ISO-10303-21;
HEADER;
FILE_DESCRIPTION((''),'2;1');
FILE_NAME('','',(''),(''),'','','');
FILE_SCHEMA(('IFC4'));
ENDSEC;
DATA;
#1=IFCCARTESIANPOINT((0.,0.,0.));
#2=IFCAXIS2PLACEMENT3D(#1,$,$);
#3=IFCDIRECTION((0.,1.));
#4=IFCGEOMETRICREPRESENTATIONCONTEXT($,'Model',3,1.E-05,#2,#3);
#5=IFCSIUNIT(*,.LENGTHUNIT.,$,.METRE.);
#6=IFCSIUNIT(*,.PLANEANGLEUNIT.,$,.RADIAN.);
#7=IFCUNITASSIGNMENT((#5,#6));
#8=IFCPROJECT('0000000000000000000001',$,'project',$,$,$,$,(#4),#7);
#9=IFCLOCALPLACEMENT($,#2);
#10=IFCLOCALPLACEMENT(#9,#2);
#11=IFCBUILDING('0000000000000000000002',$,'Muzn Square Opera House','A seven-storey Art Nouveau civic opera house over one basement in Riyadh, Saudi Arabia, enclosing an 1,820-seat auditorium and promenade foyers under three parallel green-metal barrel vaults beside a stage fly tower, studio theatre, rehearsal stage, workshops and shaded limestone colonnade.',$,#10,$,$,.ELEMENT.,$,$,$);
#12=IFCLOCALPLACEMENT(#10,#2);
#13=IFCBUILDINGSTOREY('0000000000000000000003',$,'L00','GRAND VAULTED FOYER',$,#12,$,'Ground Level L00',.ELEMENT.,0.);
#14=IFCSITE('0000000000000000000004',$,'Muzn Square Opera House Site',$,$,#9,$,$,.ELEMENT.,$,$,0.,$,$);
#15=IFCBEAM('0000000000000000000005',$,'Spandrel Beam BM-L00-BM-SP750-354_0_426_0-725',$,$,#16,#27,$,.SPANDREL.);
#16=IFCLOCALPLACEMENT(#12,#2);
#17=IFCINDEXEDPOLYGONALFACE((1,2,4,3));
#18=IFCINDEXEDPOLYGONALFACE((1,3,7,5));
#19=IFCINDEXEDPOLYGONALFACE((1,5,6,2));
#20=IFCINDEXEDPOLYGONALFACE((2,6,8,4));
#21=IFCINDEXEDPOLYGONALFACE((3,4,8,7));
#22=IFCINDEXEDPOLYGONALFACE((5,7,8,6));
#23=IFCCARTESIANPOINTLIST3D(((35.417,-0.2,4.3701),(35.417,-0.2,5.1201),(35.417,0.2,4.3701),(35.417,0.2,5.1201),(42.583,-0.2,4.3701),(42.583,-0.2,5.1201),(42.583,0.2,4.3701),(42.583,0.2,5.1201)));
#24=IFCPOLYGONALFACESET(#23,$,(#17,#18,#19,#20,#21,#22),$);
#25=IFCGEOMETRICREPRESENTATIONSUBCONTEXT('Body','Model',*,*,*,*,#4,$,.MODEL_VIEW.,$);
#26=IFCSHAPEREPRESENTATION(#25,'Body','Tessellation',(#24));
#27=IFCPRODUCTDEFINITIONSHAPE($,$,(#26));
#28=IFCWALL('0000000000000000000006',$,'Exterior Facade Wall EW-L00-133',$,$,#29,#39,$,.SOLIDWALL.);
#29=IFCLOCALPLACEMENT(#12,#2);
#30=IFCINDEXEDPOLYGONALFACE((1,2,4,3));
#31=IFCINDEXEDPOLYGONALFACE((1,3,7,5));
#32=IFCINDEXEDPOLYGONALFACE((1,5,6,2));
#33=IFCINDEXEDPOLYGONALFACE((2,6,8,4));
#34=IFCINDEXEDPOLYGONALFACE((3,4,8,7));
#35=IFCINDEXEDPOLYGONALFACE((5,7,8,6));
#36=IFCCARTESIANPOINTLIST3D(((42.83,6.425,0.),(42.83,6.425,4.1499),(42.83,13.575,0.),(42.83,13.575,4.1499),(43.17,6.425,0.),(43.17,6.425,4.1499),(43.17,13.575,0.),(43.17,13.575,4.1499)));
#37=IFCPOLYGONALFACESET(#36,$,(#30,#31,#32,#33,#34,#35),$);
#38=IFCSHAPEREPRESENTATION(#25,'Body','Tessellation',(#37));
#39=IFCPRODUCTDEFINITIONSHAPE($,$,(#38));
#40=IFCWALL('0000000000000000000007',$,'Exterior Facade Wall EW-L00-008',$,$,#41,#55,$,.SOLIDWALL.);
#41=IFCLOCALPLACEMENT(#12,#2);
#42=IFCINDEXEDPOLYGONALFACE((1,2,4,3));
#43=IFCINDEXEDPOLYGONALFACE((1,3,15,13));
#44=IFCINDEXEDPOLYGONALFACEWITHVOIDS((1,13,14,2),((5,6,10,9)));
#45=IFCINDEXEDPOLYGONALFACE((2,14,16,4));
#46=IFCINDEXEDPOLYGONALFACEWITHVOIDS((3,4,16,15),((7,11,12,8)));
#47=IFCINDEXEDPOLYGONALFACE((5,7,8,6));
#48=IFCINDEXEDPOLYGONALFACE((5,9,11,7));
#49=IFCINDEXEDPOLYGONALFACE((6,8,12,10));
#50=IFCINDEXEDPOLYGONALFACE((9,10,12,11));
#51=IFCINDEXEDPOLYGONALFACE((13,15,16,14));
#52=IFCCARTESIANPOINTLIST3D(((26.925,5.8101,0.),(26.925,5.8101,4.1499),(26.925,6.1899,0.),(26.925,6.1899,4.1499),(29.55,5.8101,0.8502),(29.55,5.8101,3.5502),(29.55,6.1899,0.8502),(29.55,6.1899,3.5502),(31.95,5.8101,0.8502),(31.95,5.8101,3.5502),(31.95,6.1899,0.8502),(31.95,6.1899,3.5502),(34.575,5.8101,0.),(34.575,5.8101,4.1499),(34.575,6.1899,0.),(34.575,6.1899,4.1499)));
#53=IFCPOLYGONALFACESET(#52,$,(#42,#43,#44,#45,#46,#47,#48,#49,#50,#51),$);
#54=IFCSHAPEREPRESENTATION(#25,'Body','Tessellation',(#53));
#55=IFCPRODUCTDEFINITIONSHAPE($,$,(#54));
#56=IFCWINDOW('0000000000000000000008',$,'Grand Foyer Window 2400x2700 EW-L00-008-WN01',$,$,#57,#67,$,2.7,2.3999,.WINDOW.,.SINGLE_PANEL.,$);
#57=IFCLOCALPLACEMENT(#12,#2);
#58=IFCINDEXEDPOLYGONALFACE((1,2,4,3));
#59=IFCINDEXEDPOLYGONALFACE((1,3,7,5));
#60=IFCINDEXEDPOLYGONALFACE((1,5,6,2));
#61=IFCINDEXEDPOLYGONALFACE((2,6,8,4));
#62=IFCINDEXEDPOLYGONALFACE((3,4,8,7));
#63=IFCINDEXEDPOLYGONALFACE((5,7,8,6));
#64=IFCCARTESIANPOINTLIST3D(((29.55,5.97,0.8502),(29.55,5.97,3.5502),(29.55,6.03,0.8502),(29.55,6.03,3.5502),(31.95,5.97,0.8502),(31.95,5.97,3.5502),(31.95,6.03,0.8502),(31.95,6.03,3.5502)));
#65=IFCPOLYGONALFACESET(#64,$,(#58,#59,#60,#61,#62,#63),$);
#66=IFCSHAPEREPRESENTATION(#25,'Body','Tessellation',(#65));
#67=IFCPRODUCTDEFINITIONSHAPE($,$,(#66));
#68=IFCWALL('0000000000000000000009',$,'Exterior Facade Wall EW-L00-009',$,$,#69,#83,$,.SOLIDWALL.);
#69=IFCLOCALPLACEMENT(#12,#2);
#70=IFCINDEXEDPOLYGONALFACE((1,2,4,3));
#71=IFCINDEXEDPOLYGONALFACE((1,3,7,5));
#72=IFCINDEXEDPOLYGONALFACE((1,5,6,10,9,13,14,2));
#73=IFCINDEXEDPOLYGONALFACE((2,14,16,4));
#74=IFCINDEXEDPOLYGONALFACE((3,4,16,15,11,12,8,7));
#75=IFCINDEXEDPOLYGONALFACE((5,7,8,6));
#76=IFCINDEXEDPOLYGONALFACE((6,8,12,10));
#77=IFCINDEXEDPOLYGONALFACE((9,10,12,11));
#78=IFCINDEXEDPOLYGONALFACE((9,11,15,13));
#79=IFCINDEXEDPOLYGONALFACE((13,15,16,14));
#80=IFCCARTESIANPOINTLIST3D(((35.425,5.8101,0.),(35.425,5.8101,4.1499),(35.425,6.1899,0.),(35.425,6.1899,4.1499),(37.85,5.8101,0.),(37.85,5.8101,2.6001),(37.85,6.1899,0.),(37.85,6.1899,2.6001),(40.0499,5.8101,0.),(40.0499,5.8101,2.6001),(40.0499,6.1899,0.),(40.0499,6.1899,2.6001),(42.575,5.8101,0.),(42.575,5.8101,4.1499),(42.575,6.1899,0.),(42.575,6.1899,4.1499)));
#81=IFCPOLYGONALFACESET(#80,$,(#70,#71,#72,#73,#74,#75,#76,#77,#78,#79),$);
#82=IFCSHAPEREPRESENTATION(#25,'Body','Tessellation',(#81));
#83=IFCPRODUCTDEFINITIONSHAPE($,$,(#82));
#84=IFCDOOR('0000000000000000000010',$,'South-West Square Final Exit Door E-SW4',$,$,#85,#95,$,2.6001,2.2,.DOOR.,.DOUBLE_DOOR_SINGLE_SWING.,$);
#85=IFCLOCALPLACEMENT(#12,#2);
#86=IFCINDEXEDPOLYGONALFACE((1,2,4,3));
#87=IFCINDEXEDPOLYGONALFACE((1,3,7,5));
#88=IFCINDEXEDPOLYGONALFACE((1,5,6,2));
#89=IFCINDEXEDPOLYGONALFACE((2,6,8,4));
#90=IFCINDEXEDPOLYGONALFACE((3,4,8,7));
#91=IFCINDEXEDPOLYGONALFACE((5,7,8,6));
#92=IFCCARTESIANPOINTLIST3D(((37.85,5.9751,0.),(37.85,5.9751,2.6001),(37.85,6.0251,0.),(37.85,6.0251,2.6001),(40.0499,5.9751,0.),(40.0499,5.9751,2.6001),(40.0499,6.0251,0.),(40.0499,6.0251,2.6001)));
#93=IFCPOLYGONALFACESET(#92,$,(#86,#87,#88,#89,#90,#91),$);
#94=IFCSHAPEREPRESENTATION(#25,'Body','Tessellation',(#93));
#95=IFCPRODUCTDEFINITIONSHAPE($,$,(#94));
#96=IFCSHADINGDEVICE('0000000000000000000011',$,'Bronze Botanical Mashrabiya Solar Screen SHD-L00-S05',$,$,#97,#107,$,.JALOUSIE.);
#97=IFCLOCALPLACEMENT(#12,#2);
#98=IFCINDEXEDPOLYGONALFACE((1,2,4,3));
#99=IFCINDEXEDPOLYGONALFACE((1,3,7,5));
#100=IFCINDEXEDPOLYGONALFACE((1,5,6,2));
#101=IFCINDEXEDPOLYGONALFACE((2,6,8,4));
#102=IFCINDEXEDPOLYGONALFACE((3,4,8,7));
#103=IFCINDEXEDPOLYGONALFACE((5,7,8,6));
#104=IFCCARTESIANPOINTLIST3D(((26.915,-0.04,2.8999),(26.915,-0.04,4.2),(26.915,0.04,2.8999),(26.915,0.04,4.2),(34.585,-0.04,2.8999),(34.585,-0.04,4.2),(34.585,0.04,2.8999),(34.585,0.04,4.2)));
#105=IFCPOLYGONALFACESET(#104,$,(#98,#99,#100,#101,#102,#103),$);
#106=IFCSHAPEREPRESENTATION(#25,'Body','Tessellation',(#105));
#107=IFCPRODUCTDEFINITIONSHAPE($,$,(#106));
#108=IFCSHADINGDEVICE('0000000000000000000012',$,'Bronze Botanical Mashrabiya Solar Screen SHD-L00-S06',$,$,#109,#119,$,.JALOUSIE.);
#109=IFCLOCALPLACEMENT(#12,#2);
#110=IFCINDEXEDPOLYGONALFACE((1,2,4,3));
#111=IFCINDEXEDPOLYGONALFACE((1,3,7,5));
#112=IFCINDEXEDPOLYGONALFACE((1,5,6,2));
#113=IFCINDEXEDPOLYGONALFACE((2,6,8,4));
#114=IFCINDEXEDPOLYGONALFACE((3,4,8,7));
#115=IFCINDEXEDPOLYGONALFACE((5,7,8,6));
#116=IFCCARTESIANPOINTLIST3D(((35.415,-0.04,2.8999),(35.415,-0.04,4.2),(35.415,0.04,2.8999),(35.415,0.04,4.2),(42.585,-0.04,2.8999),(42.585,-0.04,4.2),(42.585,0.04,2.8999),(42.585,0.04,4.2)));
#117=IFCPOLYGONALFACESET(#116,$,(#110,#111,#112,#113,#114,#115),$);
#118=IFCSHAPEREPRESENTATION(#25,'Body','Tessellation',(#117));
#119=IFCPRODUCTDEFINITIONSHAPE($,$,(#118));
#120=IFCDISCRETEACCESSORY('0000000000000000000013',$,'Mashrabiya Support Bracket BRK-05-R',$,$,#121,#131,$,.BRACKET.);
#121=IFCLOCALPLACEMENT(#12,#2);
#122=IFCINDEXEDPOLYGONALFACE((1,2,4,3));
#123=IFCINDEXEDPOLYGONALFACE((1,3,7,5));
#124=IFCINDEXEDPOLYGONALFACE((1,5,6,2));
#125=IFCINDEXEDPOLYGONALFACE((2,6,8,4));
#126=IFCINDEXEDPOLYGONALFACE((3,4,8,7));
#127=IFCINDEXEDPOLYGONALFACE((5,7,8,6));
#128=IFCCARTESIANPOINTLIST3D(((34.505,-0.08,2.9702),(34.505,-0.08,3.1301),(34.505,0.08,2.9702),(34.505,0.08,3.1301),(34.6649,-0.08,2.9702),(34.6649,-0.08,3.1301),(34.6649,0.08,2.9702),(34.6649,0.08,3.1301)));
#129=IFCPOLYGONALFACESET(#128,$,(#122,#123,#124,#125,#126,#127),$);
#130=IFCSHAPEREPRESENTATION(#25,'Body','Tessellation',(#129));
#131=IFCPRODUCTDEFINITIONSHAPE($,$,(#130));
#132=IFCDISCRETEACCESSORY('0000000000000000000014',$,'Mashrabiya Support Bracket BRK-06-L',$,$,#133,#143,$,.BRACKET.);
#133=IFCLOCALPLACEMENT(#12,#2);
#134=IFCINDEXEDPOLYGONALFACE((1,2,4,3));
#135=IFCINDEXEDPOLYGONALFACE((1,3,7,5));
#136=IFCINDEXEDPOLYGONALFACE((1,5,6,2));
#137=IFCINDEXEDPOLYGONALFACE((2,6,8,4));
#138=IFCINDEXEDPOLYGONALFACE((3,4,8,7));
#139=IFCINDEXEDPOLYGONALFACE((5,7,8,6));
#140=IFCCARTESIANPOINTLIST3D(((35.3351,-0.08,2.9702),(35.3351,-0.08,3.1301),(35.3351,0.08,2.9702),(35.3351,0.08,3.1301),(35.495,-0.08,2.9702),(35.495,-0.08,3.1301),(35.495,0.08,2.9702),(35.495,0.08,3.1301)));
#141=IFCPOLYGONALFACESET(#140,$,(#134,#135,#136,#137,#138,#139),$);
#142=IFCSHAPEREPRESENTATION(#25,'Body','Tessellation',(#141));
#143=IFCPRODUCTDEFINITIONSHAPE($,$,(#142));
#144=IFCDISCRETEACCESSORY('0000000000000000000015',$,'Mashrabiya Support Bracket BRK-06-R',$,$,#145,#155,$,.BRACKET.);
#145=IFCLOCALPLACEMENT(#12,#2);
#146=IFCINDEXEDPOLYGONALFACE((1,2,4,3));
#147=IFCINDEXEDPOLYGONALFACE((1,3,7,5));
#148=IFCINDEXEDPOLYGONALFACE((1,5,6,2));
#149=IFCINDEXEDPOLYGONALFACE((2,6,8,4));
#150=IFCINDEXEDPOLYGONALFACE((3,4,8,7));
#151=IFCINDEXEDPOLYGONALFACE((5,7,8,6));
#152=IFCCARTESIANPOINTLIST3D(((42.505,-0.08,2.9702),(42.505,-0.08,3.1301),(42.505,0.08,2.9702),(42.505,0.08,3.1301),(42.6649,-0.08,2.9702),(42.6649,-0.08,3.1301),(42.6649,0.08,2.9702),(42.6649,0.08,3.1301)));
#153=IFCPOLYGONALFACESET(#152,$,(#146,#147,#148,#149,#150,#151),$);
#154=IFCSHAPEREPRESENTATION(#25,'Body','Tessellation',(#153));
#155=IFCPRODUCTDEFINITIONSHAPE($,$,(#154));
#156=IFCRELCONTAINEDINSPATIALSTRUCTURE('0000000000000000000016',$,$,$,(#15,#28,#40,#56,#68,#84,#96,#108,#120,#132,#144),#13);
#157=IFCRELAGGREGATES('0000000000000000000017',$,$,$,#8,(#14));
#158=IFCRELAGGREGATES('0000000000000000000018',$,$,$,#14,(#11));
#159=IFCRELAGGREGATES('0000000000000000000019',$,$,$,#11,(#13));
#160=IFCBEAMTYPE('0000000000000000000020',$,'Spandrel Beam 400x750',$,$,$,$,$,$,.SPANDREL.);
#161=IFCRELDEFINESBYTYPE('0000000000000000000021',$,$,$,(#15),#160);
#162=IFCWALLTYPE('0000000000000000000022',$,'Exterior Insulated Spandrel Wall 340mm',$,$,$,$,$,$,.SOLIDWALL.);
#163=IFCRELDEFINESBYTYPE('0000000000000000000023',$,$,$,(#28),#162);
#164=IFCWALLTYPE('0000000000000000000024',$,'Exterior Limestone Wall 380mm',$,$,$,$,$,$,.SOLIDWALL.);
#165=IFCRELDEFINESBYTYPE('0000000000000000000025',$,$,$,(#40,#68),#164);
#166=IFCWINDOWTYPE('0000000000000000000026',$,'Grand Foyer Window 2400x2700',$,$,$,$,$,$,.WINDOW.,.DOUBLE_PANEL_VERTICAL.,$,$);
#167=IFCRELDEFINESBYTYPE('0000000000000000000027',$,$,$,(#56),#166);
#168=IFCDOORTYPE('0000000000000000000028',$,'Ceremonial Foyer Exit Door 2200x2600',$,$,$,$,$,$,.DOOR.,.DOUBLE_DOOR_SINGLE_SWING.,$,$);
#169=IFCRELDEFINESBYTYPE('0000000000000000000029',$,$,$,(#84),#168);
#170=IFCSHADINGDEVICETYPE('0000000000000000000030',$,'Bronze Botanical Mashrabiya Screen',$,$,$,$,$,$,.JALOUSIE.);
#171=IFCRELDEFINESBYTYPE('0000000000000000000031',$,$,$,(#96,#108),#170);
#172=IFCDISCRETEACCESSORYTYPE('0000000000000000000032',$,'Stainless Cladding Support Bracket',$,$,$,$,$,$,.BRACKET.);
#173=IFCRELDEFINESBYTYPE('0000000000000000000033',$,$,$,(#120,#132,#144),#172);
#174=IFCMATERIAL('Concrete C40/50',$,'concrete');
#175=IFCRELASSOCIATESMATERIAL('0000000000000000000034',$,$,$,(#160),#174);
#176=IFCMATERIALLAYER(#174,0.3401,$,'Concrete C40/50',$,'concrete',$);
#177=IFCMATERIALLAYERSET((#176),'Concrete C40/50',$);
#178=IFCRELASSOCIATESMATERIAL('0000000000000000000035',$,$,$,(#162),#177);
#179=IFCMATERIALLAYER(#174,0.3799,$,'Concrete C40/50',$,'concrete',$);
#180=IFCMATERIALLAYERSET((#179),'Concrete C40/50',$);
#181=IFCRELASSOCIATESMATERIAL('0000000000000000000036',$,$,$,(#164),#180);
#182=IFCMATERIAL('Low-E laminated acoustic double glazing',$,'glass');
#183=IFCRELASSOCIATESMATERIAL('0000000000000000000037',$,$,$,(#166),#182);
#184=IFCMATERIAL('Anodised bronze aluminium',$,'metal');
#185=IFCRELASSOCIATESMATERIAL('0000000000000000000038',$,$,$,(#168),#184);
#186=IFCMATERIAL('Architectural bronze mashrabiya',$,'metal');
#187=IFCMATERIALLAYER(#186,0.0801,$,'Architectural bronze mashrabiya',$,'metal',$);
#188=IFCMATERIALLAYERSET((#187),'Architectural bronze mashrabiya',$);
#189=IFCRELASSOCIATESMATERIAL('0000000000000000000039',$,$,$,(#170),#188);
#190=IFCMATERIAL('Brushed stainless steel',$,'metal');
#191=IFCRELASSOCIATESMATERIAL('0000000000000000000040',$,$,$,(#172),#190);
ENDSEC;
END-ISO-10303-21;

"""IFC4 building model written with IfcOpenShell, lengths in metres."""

from ifc_helpers import new_model, si_unit, direction, frame, frame_2d, origin, origin_2d, place, context, subcontext, project, spatial, rectangle, extrude, material, layer, layer_set, material_profile, profile_set, type_object, element, fill, save


model = new_model("IFC4")

# Units and contexts
model_context = context("Model", 3, precision=1e-05, world=origin(), true_north=direction((0.0, 1.0)))
body_context = subcontext(model_context, "Body", "Model", "MODEL_VIEW")
ifc_project = project(units=[si_unit("LENGTHUNIT", "METRE"), si_unit("PLANEANGLEUNIT", "RADIAN")], contexts=[model_context])

# Site, building, storey
site_placement = place(None, origin())
site = spatial("IfcSite", under=ifc_project, at=site_placement, Name="Muzn Square Opera House Site", CompositionType="ELEMENT", RefElevation=0.0)
building_placement = place(site_placement, origin())
building = spatial("IfcBuilding", under=site, at=building_placement, Name="Muzn Square Opera House", Description="A seven-storey Art Nouveau civic opera house over one basement in Riyadh, Saudi Arabia, enclosing an 1,820-seat auditorium and promenade foyers under three parallel green-metal barrel vaults beside a stage fly tower, studio theatre, rehearsal stage, workshops and shaded limestone colonnade.", CompositionType="ELEMENT")
storey_placement = place(building_placement, origin())
storey = spatial("IfcBuildingStorey", under=building, at=storey_placement, Name="L00", Description="GRAND VAULTED FOYER", LongName="Ground Level L00", CompositionType="ELEMENT", Elevation=0.0)

# Beam
ifc_material_1 = material(Name="Concrete C40/50", Category="concrete")
ifc_material_profile_1 = material_profile(ifc_material_1, rectangle(XDim=0.3999, YDim=0.75, at=origin_2d()), Name="RCS 400x750", Category="concrete")
ifc_profile_set_1 = profile_set([ifc_material_profile_1], Name="Concrete C40/50")
beam_type_1 = type_object("IfcBeamType", Name="Spandrel Beam 400x750", PredefinedType="SPANDREL", material=ifc_profile_set_1)
beam_1_placement = place(storey_placement, frame((35.417, 0.0, 4.7451), z_axis=(1.0, 0.0, 0.0), x_axis=(0.0, 1.0, 0.0)))
element("IfcBeam", 1, at=beam_1_placement, inside=storey, type_object=beam_type_1, Name="Spandrel Beam BM-L00-BM-SP750-354_0_426_0-725", PredefinedType="SPANDREL", context=body_context, shape_type="SweptSolid", body=[
    extrude(rectangle(XDim=0.3999, YDim=0.75, at=origin_2d()), origin(), (0.0, 0.0, 1.0), 7.166),
])

# Wall
ifc_layer_1 = layer(ifc_material_1, 0.3401, Name="Concrete C40/50", Category="concrete")
ifc_layer_set_1 = layer_set([ifc_layer_1], Name="Concrete C40/50")
wall_type_1 = type_object("IfcWallType", Name="Exterior Insulated Spandrel Wall 340mm", PredefinedType="SOLIDWALL", material=ifc_layer_set_1)
wall_1_placement = place(storey_placement, frame((43.0, 6.425, 0.0), z_axis=(0.0, 0.0, 1.0), x_axis=(0.0, 1.0, 0.0)))
element("IfcWall", 2, at=wall_1_placement, inside=storey, type_object=wall_type_1, Name="Exterior Facade Wall EW-L00-133", PredefinedType="SOLIDWALL", context=body_context, shape_type="SweptSolid", body=[
    extrude(rectangle(XDim=7.1499, YDim=0.3401, at=frame_2d((3.575, 0.0))), origin(), (0.0, 0.0, 1.0), 4.1499),
])

# Wall, opening, window
ifc_layer_2 = layer(ifc_material_1, 0.3799, Name="Concrete C40/50", Category="concrete")
ifc_layer_set_2 = layer_set([ifc_layer_2], Name="Concrete C40/50")
wall_type_2 = type_object("IfcWallType", Name="Exterior Limestone Wall 380mm", PredefinedType="SOLIDWALL", material=ifc_layer_set_2)
wall_2_placement = place(storey_placement, frame((26.925, 6.0, 0.0), z_axis=(0.0, 0.0, 1.0), x_axis=(1.0, 0.0, 0.0)))
wall_2 = element("IfcWall", 3, at=wall_2_placement, inside=storey, type_object=wall_type_2, Name="Exterior Facade Wall EW-L00-008", PredefinedType="SOLIDWALL", context=body_context, shape_type="SweptSolid", body=[
    extrude(rectangle(XDim=7.6499, YDim=0.3799, at=frame_2d((3.825, 0.0))), origin(), (0.0, 0.0, 1.0), 4.1499),
])
opening_1_placement = place(wall_2_placement, frame((2.625, 0.0, 0.8501)))
opening_1 = element("IfcOpeningElement", 4, at=opening_1_placement, cuts=wall_2, PredefinedType="OPENING", context=body_context, shape_type="SweptSolid", body=[
    extrude(rectangle(XDim=2.3999, YDim=2.7, at=frame_2d((1.2, 1.3501))), frame((0.0, 0.2, 0.0), z_axis=(0.0, -1.0, 0.0), x_axis=(1.0, 0.0, 0.0)), (0.0, 0.0, 1.0), 0.3999),
])
ifc_material_2 = material(Name="Low-E laminated acoustic double glazing", Category="glass")
window_type = type_object("IfcWindowType", Name="Grand Foyer Window 2400x2700", PartitioningType="DOUBLE_PANEL_VERTICAL", PredefinedType="WINDOW", material=ifc_material_2)
window_placement = place(opening_1_placement, origin())
window = element("IfcWindow", 5, at=window_placement, inside=storey, type_object=window_type, Name="Grand Foyer Window 2400x2700 EW-L00-008-WN01", OverallHeight=2.7, OverallWidth=2.3999, PartitioningType="SINGLE_PANEL", PredefinedType="WINDOW", context=body_context, shape_type="SweptSolid", body=[
    extrude(rectangle(XDim=2.3999, YDim=2.7, at=frame_2d((1.2, 1.3501))), frame((0.0, 0.03, 0.0), z_axis=(0.0, -1.0, 0.0), x_axis=(1.0, 0.0, 0.0)), (0.0, 0.0, 1.0), 0.0601),
])
fill(opening_1, window)

# Wall, opening, door
wall_3_placement = place(storey_placement, frame((35.425, 6.0, 0.0), z_axis=(0.0, 0.0, 1.0), x_axis=(1.0, 0.0, 0.0)))
wall_3 = element("IfcWall", 6, at=wall_3_placement, inside=storey, type_object=wall_type_2, Name="Exterior Facade Wall EW-L00-009", PredefinedType="SOLIDWALL", context=body_context, shape_type="SweptSolid", body=[
    extrude(rectangle(XDim=7.1499, YDim=0.3799, at=frame_2d((3.575, 0.0))), origin(), (0.0, 0.0, 1.0), 4.1499),
])
opening_2_placement = place(wall_3_placement, frame((4.625, 0.0, 0.0), z_axis=(0.0, 0.0, 1.0), x_axis=(-1.0, 0.0, 0.0)))
opening_2 = element("IfcOpeningElement", 7, at=opening_2_placement, cuts=wall_3, PredefinedType="OPENING", context=body_context, shape_type="SweptSolid", body=[
    extrude(rectangle(XDim=2.2, YDim=2.6001, at=frame_2d((1.1001, 1.3))), frame((0.0, 0.2, 0.0), z_axis=(0.0, -1.0, 0.0), x_axis=(1.0, 0.0, 0.0)), (0.0, 0.0, 1.0), 0.3999),
])
ifc_material_3 = material(Name="Anodised bronze aluminium", Category="metal")
door_type = type_object("IfcDoorType", Name="Ceremonial Foyer Exit Door 2200x2600", OperationType="DOUBLE_DOOR_SINGLE_SWING", PredefinedType="DOOR", material=ifc_material_3)
door_placement = place(opening_2_placement, origin())
door = element("IfcDoor", 8, at=door_placement, inside=storey, type_object=door_type, Name="South-West Square Final Exit Door E-SW4", OperationType="DOUBLE_DOOR_SINGLE_SWING", OverallHeight=2.6001, OverallWidth=2.2, PredefinedType="DOOR", context=body_context, shape_type="SweptSolid", body=[
    extrude(rectangle(XDim=2.2, YDim=2.6001, at=frame_2d((1.1001, 1.3))), frame((0.0, 0.0249, 0.0), z_axis=(0.0, -1.0, 0.0), x_axis=(1.0, 0.0, 0.0)), (0.0, 0.0, 1.0), 0.05),
])
fill(opening_2, door)

# Shading devices
ifc_material_4 = material(Name="Architectural bronze mashrabiya", Category="metal")
ifc_layer_3 = layer(ifc_material_4, 0.0801, Name="Architectural bronze mashrabiya", Category="metal")
ifc_layer_set_3 = layer_set([ifc_layer_3], Name="Architectural bronze mashrabiya")
shading_device_type = type_object("IfcShadingDeviceType", Name="Bronze Botanical Mashrabiya Screen", PredefinedType="JALOUSIE", material=ifc_layer_set_3)
shading_device_1_placement = place(storey_placement, frame((30.75, 0.0, 2.8999), z_axis=(0.0, 0.0, 1.0), x_axis=(1.0, 0.0, 0.0)))
element("IfcShadingDevice", 9, at=shading_device_1_placement, inside=storey, type_object=shading_device_type, Name="Bronze Botanical Mashrabiya Solar Screen SHD-L00-S05", PredefinedType="JALOUSIE", context=body_context, shape_type="SweptSolid", body=[
    extrude(rectangle(XDim=7.6699, YDim=0.0801, at=origin_2d()), origin(), (0.0, 0.0, 1.0), 1.3),
])
shading_device_2_placement = place(storey_placement, frame((39.0, 0.0, 2.8999), z_axis=(0.0, 0.0, 1.0), x_axis=(1.0, 0.0, 0.0)))
element("IfcShadingDevice", 10, at=shading_device_2_placement, inside=storey, type_object=shading_device_type, Name="Bronze Botanical Mashrabiya Solar Screen SHD-L00-S06", PredefinedType="JALOUSIE", context=body_context, shape_type="SweptSolid", body=[
    extrude(rectangle(XDim=7.1699, YDim=0.0801, at=origin_2d()), origin(), (0.0, 0.0, 1.0), 1.3),
])

# Discrete accessories
ifc_material_5 = material(Name="Brushed stainless steel", Category="metal")
discrete_accessory_type = type_object("IfcDiscreteAccessoryType", Name="Stainless Cladding Support Bracket", PredefinedType="BRACKET", material=ifc_material_5)
for number, where, z_axis, x_axis, name in (
    (11, (34.585, 0.0, 2.9702), (0.0, 0.0, 1.0), (1.0, 0.0, 0.0), "Mashrabiya Support Bracket BRK-05-R"),
    (12, (35.415, 0.0, 2.9702), (0.0, 0.0, 1.0), (1.0, 0.0, 0.0), "Mashrabiya Support Bracket BRK-06-L"),
    (13, (42.585, 0.0, 2.9702), (0.0, 0.0, 1.0), (1.0, 0.0, 0.0), "Mashrabiya Support Bracket BRK-06-R"),
):
    element("IfcDiscreteAccessory", number, at=place(storey_placement, frame(where, z_axis=z_axis, x_axis=x_axis)), inside=storey, type_object=discrete_accessory_type, Name=name, PredefinedType="BRACKET", context=body_context, shape_type="SweptSolid", body=[
        extrude(rectangle(XDim=0.1599, YDim=0.1599, at=origin_2d()), origin(), (0.0, 0.0, 1.0), 0.1599),
    ])

save(model, "model.ifc")
